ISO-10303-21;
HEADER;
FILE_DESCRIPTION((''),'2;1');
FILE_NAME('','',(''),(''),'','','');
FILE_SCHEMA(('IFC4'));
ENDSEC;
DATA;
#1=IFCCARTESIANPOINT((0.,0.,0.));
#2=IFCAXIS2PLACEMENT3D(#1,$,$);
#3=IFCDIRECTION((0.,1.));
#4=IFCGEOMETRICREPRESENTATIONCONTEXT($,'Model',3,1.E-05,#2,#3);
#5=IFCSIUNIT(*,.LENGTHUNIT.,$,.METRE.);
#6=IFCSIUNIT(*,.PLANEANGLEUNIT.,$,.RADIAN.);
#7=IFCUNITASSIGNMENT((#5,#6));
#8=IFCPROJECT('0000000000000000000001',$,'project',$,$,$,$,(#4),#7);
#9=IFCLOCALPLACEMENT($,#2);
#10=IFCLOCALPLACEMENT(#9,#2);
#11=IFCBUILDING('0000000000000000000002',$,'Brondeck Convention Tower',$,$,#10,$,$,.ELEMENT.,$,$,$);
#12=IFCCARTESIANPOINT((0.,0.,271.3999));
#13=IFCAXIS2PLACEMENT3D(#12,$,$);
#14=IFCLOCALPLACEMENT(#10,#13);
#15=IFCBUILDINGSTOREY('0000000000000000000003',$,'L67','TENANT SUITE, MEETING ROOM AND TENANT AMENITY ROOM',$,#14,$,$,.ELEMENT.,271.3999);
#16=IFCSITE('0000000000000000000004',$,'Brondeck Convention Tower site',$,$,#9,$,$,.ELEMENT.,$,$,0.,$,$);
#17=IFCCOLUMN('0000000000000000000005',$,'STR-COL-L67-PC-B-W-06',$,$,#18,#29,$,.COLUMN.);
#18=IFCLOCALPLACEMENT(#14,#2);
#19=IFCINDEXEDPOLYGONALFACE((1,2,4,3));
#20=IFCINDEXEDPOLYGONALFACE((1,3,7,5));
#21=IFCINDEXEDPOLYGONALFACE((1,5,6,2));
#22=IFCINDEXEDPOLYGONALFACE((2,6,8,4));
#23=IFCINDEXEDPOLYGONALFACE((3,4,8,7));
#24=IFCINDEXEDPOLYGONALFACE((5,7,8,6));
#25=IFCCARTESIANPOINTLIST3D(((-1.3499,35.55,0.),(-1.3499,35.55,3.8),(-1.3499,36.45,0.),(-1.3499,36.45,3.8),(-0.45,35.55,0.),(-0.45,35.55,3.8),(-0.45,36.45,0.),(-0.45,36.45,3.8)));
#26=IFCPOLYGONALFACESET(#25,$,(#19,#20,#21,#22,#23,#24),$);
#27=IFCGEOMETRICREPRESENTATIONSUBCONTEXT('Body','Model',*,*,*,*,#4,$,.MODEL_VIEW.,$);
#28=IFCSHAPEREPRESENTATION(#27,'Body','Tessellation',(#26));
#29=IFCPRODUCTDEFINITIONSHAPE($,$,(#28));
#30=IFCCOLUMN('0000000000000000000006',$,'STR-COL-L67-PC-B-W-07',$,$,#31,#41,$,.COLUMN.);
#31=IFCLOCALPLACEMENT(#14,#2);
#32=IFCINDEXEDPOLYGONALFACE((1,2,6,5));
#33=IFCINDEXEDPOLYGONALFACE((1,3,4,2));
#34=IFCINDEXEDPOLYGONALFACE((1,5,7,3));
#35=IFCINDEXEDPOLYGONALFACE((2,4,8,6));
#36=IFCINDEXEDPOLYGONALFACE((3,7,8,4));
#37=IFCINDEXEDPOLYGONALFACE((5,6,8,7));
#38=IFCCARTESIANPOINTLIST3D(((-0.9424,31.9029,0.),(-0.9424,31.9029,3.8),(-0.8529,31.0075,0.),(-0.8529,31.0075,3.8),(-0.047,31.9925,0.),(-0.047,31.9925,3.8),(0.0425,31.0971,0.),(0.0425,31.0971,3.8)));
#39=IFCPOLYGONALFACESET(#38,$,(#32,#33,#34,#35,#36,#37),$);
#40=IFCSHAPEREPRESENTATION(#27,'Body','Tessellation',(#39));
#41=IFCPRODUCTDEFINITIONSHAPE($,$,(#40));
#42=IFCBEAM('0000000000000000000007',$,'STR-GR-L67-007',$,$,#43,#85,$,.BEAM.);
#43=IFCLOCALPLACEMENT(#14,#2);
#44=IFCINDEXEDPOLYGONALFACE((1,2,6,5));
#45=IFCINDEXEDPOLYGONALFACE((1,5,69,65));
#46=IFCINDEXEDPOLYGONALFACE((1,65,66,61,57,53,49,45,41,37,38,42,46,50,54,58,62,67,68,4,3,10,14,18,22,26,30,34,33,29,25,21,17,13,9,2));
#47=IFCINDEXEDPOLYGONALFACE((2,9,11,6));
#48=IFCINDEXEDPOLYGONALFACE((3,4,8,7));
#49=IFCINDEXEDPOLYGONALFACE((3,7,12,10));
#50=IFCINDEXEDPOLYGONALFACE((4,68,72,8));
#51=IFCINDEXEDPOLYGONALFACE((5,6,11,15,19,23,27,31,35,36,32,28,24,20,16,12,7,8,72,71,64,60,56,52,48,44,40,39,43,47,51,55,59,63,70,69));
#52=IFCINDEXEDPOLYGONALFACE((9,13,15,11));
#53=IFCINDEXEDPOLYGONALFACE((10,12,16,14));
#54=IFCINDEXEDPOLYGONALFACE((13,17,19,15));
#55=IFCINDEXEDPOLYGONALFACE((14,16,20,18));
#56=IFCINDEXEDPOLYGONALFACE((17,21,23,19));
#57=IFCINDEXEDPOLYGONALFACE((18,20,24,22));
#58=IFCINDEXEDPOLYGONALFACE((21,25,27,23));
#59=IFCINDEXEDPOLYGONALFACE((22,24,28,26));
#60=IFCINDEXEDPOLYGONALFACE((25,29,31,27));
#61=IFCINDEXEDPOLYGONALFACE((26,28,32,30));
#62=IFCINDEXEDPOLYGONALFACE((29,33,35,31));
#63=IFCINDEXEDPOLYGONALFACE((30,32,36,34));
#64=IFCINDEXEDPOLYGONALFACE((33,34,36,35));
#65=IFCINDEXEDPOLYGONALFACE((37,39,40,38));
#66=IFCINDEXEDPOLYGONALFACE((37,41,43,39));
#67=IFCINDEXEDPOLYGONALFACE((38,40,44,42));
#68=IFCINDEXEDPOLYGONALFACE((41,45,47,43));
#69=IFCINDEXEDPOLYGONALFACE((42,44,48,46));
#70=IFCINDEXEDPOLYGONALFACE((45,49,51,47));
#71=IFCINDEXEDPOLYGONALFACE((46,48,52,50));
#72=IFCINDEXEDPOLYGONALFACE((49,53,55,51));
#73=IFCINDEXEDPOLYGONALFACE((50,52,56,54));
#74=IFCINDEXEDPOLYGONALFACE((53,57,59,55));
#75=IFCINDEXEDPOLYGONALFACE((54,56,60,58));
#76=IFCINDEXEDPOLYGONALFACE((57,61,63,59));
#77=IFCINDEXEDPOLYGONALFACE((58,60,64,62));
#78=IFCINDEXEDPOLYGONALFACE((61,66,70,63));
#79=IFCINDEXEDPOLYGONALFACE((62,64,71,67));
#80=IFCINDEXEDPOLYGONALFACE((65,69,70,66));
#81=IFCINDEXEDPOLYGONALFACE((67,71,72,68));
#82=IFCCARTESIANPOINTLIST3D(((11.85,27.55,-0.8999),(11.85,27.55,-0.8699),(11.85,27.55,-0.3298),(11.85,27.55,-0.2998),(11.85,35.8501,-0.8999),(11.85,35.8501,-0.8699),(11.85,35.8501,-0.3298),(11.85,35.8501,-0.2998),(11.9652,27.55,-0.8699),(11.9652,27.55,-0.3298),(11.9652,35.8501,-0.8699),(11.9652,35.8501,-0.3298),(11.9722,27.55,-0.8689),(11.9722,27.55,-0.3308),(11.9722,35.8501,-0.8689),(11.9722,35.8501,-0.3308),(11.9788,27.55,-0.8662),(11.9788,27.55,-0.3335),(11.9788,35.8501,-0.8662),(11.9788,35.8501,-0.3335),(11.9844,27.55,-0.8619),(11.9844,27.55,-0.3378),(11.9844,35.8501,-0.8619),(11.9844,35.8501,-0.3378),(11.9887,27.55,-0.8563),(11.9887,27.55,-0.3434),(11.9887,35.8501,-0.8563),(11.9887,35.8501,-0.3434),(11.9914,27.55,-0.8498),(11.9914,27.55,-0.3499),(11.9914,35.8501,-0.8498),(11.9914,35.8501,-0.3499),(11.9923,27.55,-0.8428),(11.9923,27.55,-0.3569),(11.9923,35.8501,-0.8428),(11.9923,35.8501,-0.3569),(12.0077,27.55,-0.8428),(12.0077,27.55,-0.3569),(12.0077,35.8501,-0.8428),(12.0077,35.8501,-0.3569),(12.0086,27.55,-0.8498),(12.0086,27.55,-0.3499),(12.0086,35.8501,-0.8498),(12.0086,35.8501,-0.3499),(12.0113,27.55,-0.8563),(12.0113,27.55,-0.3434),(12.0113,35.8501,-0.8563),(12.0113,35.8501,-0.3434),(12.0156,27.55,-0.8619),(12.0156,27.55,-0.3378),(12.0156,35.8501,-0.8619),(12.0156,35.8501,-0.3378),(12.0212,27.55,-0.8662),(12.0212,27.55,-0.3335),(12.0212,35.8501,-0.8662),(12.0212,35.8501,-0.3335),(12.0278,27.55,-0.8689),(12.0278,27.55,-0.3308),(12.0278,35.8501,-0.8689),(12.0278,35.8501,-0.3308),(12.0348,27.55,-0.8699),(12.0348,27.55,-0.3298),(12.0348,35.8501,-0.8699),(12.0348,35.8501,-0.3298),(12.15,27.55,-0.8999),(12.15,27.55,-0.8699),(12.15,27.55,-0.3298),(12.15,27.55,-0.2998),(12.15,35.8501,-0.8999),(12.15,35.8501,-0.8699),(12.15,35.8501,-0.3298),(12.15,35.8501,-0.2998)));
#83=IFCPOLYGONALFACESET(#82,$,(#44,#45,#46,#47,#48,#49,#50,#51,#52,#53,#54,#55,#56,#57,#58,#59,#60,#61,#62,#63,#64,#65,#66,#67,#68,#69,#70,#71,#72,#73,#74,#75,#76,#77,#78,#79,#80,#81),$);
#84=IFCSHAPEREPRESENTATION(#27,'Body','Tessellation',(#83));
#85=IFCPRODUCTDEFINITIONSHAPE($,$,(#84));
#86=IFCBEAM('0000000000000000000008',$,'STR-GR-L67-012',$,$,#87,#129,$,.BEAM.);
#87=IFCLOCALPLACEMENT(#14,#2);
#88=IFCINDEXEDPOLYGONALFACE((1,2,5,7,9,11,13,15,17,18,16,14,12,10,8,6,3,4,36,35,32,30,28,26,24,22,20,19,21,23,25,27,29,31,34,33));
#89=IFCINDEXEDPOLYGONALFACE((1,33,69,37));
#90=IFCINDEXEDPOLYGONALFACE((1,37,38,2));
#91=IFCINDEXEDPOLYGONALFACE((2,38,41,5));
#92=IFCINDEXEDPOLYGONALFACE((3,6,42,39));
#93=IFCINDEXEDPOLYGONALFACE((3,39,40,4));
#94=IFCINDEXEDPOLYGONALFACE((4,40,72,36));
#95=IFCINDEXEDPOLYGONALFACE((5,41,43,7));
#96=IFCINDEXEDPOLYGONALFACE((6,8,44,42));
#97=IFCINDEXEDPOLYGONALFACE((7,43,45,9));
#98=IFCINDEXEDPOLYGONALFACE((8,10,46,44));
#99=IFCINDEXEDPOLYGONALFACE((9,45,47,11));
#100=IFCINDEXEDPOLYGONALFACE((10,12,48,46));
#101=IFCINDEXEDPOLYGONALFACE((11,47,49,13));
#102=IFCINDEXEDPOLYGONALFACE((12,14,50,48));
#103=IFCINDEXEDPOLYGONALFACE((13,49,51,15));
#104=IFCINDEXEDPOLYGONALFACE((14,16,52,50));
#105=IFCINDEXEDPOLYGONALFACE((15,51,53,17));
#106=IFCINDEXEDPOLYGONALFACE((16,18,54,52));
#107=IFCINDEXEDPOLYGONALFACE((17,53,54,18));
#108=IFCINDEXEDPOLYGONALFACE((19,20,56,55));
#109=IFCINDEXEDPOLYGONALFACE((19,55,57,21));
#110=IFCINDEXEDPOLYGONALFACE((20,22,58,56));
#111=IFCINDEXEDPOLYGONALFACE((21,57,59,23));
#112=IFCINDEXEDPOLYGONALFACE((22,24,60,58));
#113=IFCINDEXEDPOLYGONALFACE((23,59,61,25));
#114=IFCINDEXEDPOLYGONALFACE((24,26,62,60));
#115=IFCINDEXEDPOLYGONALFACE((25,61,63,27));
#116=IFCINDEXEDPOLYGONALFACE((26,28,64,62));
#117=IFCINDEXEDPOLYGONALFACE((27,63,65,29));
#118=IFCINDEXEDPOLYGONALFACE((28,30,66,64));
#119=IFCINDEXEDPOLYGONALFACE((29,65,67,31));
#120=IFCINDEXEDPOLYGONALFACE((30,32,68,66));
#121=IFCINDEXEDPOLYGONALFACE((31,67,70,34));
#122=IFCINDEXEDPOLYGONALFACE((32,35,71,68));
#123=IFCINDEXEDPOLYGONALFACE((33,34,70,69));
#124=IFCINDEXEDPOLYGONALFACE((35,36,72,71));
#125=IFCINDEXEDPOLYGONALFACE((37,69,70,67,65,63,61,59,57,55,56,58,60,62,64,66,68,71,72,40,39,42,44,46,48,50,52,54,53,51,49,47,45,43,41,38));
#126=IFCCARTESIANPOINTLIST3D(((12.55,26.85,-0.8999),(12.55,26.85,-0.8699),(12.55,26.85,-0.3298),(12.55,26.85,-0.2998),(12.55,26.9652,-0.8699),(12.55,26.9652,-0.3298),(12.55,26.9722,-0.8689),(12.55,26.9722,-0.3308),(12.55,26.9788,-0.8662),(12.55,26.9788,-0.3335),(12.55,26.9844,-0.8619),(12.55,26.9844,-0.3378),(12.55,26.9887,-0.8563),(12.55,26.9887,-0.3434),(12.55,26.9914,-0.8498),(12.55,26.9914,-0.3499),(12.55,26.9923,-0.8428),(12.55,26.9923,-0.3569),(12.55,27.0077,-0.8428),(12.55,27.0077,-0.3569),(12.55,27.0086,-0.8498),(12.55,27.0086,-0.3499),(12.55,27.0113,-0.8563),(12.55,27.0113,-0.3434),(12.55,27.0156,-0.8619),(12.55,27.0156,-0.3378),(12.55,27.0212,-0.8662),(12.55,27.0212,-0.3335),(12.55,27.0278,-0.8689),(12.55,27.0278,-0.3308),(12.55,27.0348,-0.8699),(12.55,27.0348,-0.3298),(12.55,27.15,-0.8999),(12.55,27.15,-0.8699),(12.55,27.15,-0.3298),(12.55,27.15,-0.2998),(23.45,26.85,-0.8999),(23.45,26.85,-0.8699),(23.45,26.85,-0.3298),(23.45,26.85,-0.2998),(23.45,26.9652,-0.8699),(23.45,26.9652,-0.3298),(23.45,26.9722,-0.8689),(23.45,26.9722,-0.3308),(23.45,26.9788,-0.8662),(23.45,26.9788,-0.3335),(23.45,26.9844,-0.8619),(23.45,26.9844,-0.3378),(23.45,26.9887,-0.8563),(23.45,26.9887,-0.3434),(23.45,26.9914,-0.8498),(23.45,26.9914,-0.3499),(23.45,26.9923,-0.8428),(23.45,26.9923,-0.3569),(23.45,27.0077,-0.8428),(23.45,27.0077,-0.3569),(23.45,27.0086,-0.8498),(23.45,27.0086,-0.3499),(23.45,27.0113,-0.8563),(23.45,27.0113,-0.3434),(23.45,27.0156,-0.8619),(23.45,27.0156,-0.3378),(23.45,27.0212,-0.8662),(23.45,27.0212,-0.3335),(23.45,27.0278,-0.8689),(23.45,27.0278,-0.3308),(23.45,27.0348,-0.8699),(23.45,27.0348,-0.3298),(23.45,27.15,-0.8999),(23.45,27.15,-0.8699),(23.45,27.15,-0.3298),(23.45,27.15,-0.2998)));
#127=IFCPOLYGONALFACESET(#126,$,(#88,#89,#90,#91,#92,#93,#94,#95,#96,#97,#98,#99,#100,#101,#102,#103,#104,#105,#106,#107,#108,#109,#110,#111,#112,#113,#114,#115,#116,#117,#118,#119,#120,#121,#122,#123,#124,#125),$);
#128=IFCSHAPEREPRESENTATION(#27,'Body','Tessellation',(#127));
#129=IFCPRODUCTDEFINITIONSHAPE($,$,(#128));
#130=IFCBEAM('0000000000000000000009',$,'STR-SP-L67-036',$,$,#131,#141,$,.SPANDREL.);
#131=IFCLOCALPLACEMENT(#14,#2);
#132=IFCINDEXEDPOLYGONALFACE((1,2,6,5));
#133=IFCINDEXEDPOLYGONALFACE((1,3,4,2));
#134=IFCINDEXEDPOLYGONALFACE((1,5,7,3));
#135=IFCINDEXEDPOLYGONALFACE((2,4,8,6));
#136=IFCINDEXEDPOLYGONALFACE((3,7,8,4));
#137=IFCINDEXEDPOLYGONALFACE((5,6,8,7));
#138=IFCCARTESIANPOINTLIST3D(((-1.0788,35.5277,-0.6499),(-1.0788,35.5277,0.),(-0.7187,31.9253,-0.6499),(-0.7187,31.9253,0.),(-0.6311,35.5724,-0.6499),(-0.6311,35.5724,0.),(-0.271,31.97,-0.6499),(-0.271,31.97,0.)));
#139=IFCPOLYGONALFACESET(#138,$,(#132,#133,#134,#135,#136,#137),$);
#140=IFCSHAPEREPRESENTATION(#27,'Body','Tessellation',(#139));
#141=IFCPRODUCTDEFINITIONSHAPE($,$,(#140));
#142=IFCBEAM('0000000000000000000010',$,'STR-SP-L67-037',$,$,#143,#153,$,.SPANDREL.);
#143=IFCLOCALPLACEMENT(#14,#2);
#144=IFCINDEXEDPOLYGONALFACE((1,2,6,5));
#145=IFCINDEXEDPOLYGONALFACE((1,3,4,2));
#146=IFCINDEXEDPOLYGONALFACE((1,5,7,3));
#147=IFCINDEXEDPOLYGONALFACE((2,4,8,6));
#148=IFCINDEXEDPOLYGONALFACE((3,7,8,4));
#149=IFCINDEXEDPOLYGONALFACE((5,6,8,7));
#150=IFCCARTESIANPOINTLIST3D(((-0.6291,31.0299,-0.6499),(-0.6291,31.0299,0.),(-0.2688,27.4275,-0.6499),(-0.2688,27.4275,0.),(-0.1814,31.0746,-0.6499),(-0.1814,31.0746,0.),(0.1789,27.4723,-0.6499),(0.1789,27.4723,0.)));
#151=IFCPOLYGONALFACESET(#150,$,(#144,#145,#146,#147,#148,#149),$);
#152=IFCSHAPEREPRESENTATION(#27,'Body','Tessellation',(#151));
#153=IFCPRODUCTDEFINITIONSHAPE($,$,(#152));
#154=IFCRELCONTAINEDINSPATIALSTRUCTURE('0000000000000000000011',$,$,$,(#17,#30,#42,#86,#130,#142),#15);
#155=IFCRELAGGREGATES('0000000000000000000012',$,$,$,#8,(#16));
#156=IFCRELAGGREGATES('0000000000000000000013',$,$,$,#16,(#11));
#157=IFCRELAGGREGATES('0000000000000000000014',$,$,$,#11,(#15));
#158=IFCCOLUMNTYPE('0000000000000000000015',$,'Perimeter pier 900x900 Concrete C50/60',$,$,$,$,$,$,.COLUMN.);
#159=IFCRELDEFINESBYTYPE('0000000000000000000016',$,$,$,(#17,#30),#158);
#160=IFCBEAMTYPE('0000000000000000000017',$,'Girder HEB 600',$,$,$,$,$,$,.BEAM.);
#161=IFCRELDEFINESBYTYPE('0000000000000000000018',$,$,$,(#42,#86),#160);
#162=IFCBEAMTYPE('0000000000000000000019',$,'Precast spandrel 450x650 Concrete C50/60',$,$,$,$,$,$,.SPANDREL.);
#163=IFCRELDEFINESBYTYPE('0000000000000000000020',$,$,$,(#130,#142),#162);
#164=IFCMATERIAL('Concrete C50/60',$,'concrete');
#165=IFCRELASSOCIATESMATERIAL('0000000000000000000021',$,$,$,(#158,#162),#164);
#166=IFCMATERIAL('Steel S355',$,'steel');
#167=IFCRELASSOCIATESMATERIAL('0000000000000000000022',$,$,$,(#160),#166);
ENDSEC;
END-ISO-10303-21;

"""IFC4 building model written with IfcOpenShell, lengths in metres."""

from ifc_helpers import new_model, si_unit, direction, frame, origin, origin_2d, place, context, subcontext, project, spatial, rectangle, i_section, extrude, material, material_profile, profile_set, type_object, element, save


model = new_model("IFC4")

# Units and contexts
model_context = context("Model", 3, precision=1e-05, world=origin(), true_north=direction((0.0, 1.0)))
body_context = subcontext(model_context, "Body", "Model", "MODEL_VIEW")
ifc_project = project(units=[si_unit("LENGTHUNIT", "METRE"), si_unit("PLANEANGLEUNIT", "RADIAN")], contexts=[model_context])

# Site, building, storey
site_placement = place(None, origin())
site = spatial("IfcSite", under=ifc_project, at=site_placement, Name="Brondeck Convention Tower site", CompositionType="ELEMENT", RefElevation=0.0)
building_placement = place(site_placement, origin())
building = spatial("IfcBuilding", under=site, at=building_placement, Name="Brondeck Convention Tower", CompositionType="ELEMENT")
storey_placement = place(building_placement, frame((0.0, 0.0, 271.3999)))
storey = spatial("IfcBuildingStorey", under=building, at=storey_placement, Name="L67", Description="TENANT SUITE, MEETING ROOM AND TENANT AMENITY ROOM", CompositionType="ELEMENT", Elevation=271.3999)

# Columns
ifc_material_1 = material(Name="Concrete C50/60", Category="concrete")
ifc_material_profile_1 = material_profile(ifc_material_1, rectangle(XDim=0.8999, YDim=0.8999, at=origin_2d()), Name="Perimeter pier 900x900 Concrete C50/60")
ifc_profile_set_1 = profile_set([ifc_material_profile_1], Name="Concrete C50/60")
column_type = type_object("IfcColumnType", Name="Perimeter pier 900x900 Concrete C50/60", PredefinedType="COLUMN", material=ifc_profile_set_1)
for number, where, z_axis, x_axis, name in (
    (1, (-0.8999, 36.0, 0.0), (0.0, 0.0, 1.0), (0.0, -1.0, 0.0), "STR-COL-L67-PC-B-W-06"),
    (2, (-0.45, 31.5, 0.0), (0.0, 0.0, 1.0), (0.099504, -0.995037, 0.0), "STR-COL-L67-PC-B-W-07"),
):
    element("IfcColumn", number, at=place(storey_placement, frame(where, z_axis=z_axis, x_axis=x_axis)), inside=storey, type_object=column_type, Name=name, PredefinedType="COLUMN", context=body_context, shape_type="SweptSolid", body=[
        extrude(rectangle(XDim=0.8999, YDim=0.8999, at=origin_2d()), origin(), (0.0, 0.0, 1.0), 3.8),
    ])

# Beams
ifc_material_2 = material(Name="Steel S355", Category="steel")
ifc_material_profile_2 = material_profile(ifc_material_2, i_section(OverallWidth=0.3, OverallDepth=0.6001, WebThickness=0.0154, FlangeThickness=0.03, FilletRadius=0.0271, at=origin_2d()), Name="HEB 600")
ifc_profile_set_2 = profile_set([ifc_material_profile_2], Name="Steel S355")
beam_type_1 = type_object("IfcBeamType", Name="Girder HEB 600", PredefinedType="BEAM", material=ifc_profile_set_2)
beam_1_placement = place(storey_placement, frame((12.0, 35.8501, -0.5999), z_axis=(0.0, -1.0, 0.0), x_axis=(1.0, 0.0, 0.0)))
element("IfcBeam", 3, at=beam_1_placement, inside=storey, type_object=beam_type_1, Name="STR-GR-L67-007", PredefinedType="BEAM", context=body_context, shape_type="SweptSolid", body=[
    extrude(i_section(OverallWidth=0.3, OverallDepth=0.6001, WebThickness=0.0154, FlangeThickness=0.03, FilletRadius=0.0271, at=origin_2d()), origin(), (0.0, 0.0, 1.0), 8.3),
])
beam_2_placement = place(storey_placement, frame((12.55, 27.0, -0.5999), z_axis=(1.0, 0.0, 0.0), x_axis=(0.0, 1.0, 0.0)))
element("IfcBeam", 4, at=beam_2_placement, inside=storey, type_object=beam_type_1, Name="STR-GR-L67-012", PredefinedType="BEAM", context=body_context, shape_type="SweptSolid", body=[
    extrude(i_section(OverallWidth=0.3, OverallDepth=0.6001, WebThickness=0.0154, FlangeThickness=0.03, FilletRadius=0.0271, at=origin_2d()), origin(), (0.0, 0.0, 1.0), 10.8999),
])
ifc_material_profile_3 = material_profile(ifc_material_1, rectangle(XDim=0.45, YDim=0.6499, at=origin_2d()), Name="Precast spandrel 450x650 Concrete C50/60")
ifc_profile_set_3 = profile_set([ifc_material_profile_3], Name="Concrete C50/60")
beam_type_2 = type_object("IfcBeamType", Name="Precast spandrel 450x650 Concrete C50/60", PredefinedType="SPANDREL", material=ifc_profile_set_3)
for number, where, z_axis, x_axis, name in (
    (5, (-0.855, 35.55, -0.325), (0.09947, -0.995041, 0.0), (0.995041, 0.09947, 0.0), "STR-SP-L67-036"),
    (6, (-0.4053, 31.0522, -0.325), (0.099537, -0.995034, 0.0), (0.995034, 0.099537, 0.0), "STR-SP-L67-037"),
):
    element("IfcBeam", number, at=place(storey_placement, frame(where, z_axis=z_axis, x_axis=x_axis)), inside=storey, type_object=beam_type_2, Name=name, PredefinedType="SPANDREL", context=body_context, shape_type="SweptSolid", body=[
        extrude(rectangle(XDim=0.45, YDim=0.6499, at=origin_2d()), origin(), (0.0, 0.0, 1.0), 3.6204),
    ])

save(model, "model.ifc")
